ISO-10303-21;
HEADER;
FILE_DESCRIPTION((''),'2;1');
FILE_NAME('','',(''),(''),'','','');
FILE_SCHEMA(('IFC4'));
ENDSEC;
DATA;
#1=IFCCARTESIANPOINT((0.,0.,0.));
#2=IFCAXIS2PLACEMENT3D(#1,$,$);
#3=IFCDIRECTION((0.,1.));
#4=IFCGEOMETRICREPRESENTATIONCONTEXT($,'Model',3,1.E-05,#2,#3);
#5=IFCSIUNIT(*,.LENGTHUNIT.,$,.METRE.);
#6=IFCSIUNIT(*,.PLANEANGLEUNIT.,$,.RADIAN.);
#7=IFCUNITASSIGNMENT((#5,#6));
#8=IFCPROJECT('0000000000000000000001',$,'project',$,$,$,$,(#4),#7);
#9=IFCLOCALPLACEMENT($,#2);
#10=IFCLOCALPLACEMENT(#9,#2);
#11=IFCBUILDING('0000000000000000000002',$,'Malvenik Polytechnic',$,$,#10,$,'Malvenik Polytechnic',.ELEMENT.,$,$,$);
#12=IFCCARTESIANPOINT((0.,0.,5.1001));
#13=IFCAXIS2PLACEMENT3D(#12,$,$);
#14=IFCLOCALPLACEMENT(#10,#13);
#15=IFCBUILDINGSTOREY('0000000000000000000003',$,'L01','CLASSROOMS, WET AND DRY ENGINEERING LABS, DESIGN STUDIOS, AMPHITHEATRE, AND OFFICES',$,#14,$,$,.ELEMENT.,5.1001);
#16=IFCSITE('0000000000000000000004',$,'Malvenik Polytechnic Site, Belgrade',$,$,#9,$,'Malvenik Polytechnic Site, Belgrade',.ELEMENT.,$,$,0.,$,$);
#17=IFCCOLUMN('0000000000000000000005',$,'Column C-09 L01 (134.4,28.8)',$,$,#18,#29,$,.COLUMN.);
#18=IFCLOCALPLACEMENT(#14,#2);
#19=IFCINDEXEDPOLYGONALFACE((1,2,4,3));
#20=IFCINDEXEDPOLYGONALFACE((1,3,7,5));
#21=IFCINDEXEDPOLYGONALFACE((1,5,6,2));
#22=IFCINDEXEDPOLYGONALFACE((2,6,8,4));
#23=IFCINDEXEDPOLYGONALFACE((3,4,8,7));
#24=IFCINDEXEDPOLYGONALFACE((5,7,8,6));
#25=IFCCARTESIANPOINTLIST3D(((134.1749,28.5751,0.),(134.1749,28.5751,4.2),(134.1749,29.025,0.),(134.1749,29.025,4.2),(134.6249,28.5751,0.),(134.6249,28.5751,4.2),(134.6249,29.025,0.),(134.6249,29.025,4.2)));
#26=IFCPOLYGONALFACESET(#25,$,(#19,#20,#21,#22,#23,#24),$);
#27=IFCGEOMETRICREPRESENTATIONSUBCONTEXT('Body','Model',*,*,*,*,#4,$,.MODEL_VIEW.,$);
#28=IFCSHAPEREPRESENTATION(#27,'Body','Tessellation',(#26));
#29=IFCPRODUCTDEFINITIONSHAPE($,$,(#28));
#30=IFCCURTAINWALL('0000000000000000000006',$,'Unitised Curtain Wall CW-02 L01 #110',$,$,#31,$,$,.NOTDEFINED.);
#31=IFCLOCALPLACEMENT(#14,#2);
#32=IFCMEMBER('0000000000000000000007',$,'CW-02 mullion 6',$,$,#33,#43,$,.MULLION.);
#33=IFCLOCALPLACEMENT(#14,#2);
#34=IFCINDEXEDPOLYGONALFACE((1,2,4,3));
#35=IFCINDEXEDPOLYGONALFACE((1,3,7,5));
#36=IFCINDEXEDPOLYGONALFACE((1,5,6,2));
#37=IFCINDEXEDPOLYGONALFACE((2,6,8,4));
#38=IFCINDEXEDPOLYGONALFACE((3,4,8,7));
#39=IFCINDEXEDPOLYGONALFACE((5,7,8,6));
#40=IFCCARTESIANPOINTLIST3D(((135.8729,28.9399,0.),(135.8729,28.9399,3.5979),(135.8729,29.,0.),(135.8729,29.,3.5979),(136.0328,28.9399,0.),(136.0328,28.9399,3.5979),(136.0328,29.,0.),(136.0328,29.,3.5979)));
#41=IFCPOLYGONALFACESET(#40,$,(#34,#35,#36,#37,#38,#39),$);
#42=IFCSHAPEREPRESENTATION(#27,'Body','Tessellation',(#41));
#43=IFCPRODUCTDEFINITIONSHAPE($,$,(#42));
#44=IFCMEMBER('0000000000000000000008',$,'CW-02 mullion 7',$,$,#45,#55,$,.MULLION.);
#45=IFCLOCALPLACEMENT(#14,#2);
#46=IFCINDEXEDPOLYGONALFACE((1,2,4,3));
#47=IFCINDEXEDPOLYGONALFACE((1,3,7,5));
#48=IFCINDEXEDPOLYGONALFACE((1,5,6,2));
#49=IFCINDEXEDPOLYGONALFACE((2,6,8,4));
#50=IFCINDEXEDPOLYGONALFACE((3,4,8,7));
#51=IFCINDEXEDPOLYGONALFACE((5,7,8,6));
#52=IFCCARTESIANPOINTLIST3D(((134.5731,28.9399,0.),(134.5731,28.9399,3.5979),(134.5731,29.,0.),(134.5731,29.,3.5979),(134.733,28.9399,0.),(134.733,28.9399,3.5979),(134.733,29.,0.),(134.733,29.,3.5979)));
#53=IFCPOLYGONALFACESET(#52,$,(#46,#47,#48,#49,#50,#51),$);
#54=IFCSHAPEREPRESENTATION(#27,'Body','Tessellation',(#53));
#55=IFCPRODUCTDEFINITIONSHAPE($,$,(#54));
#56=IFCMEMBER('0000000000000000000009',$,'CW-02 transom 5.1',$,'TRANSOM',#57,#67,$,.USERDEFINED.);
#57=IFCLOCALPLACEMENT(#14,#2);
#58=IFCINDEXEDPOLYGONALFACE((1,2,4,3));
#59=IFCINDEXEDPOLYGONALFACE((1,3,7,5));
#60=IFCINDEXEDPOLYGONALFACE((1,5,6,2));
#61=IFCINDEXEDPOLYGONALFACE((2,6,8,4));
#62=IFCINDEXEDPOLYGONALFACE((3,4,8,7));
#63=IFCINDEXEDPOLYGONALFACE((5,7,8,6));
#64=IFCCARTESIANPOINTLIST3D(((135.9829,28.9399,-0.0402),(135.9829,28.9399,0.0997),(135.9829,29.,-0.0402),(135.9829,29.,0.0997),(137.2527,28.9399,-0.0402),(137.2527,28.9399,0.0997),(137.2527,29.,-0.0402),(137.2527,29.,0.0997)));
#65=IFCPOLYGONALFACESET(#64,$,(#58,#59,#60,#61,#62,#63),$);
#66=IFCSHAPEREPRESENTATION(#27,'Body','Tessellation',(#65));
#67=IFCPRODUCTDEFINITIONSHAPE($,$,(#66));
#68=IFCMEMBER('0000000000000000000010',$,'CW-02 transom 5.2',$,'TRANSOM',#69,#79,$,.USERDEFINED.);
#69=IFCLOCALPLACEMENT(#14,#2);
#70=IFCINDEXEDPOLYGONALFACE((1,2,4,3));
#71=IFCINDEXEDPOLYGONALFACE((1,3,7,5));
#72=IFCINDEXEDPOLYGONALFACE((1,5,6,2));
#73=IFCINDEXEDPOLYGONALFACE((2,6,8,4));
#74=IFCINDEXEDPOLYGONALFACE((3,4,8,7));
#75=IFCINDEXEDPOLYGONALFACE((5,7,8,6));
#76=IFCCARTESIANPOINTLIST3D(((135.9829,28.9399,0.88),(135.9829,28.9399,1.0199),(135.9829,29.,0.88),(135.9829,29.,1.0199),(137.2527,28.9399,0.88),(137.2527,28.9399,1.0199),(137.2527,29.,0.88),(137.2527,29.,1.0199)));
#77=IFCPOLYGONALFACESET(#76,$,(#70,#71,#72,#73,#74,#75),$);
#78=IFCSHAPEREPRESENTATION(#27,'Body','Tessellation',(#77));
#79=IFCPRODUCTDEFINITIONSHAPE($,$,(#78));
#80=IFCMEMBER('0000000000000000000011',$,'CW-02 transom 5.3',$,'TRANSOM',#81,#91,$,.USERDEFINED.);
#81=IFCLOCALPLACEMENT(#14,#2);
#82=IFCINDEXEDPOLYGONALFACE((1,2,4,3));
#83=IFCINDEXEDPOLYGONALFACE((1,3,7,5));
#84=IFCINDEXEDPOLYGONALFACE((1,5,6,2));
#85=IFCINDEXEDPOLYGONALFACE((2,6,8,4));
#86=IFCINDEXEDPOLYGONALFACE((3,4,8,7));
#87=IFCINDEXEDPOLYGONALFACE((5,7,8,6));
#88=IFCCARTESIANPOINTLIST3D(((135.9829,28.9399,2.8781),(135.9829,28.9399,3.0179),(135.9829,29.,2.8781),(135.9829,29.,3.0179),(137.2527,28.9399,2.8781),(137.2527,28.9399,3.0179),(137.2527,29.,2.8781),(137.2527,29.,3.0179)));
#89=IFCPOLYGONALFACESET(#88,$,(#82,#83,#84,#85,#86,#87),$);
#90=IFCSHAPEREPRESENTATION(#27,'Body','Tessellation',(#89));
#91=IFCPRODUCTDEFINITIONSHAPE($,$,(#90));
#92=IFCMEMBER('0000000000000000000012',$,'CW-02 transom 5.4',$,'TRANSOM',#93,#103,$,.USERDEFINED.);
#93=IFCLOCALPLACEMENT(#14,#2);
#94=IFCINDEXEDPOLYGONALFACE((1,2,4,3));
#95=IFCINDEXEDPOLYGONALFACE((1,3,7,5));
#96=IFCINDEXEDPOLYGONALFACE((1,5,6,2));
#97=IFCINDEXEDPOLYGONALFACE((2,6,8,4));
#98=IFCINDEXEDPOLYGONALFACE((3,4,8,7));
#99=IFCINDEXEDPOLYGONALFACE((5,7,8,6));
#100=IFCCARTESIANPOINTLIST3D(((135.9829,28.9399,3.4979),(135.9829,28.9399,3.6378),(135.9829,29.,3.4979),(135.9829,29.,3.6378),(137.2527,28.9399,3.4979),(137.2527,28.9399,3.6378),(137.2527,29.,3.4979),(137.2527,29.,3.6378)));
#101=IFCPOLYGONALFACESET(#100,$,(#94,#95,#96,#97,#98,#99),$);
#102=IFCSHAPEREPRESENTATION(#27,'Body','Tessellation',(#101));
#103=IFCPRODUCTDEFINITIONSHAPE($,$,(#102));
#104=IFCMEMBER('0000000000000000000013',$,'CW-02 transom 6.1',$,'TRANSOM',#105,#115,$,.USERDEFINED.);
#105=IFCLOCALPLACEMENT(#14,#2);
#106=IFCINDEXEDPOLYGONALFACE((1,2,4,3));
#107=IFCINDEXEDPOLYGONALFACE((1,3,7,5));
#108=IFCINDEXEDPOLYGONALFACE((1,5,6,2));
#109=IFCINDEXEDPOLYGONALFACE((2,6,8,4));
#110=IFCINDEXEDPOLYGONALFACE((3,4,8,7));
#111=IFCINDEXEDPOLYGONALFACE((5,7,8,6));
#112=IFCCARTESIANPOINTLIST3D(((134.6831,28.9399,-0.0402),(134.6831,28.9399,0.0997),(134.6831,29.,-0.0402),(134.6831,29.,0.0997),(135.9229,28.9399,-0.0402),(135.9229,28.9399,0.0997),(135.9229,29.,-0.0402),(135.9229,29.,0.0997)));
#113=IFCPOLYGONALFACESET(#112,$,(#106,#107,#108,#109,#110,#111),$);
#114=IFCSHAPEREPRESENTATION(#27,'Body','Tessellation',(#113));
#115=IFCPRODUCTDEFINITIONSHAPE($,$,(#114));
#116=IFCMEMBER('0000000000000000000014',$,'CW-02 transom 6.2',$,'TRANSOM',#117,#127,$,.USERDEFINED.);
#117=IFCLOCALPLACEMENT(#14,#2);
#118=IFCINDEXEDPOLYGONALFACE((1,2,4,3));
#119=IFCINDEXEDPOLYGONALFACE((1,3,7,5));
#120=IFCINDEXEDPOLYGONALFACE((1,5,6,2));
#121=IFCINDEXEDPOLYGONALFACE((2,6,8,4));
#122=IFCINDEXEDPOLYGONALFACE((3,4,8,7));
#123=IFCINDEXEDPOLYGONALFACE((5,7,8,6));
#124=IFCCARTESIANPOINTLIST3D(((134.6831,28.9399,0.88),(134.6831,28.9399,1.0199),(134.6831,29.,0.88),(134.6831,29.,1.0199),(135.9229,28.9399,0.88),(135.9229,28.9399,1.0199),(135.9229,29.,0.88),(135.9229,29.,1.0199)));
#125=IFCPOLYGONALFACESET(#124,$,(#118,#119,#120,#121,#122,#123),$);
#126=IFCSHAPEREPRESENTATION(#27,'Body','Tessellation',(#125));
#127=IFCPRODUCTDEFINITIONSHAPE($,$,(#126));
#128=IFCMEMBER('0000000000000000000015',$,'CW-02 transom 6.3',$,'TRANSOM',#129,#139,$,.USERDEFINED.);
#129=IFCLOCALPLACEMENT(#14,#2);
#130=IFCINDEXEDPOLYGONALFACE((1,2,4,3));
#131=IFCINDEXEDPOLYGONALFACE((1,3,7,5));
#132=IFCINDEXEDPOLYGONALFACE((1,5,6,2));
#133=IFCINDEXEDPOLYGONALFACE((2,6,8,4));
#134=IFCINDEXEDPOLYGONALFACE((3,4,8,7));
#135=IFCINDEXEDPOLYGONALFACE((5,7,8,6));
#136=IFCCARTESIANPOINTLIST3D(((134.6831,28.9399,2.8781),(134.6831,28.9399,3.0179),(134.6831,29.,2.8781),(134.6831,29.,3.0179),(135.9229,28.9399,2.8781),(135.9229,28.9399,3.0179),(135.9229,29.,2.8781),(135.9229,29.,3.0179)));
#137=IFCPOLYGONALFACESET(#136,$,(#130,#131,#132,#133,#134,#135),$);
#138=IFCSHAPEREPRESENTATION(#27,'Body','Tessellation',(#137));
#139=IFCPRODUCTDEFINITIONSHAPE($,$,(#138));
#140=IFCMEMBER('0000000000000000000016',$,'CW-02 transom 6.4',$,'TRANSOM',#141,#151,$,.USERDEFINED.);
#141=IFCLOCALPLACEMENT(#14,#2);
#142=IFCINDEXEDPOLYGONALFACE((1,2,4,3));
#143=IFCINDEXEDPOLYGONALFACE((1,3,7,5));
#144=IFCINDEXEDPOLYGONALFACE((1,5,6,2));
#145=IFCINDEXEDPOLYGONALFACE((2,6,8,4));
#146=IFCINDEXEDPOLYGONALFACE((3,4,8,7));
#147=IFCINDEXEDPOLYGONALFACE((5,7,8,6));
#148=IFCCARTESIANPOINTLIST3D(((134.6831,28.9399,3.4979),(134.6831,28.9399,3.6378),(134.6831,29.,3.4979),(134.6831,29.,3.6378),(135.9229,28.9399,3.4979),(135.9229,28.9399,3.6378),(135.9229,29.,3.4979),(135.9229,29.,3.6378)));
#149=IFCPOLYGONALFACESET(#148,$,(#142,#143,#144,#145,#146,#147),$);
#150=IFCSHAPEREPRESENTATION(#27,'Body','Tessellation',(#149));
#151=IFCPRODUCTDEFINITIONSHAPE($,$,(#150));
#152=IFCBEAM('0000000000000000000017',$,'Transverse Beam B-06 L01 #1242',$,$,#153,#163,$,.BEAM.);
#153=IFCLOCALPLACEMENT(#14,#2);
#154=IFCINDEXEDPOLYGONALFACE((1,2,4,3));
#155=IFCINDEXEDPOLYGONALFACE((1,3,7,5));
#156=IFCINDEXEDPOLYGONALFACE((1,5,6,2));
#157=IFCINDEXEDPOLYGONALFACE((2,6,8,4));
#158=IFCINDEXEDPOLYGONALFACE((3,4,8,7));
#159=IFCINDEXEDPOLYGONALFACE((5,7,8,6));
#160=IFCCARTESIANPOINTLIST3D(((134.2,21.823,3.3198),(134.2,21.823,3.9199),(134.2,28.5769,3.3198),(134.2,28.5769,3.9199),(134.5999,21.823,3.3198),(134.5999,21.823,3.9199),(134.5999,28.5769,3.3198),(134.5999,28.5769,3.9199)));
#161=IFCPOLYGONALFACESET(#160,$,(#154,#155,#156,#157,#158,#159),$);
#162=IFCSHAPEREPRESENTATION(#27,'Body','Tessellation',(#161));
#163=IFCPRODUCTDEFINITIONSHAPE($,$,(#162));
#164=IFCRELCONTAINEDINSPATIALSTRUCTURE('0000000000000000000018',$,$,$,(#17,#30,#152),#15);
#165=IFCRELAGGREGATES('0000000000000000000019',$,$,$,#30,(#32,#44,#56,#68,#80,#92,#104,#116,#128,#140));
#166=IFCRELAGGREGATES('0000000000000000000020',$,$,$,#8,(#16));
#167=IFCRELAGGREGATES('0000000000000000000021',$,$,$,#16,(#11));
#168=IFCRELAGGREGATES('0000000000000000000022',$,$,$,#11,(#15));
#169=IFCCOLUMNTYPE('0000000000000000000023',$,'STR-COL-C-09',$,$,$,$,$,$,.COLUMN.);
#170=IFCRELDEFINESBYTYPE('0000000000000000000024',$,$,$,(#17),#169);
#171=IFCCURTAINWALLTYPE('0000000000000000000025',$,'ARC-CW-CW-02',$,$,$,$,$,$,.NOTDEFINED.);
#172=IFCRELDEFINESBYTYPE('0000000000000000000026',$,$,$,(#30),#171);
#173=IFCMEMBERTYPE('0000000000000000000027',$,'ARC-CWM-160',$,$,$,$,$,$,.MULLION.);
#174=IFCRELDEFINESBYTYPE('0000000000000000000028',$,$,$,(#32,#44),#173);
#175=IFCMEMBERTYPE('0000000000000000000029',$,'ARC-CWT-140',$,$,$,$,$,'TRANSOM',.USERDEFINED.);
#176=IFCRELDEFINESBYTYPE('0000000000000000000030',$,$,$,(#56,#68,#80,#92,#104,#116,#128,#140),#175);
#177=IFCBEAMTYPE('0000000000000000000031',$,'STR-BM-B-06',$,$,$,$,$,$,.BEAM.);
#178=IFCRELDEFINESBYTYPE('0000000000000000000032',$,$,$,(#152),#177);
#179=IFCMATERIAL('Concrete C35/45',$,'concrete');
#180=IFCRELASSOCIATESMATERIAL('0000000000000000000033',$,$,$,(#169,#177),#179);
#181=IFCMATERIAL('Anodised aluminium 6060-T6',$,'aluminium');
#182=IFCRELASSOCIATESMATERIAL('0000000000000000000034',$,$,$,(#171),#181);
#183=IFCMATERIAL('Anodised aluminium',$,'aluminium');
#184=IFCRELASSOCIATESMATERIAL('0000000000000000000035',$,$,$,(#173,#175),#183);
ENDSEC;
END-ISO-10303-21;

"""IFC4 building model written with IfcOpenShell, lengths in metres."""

from ifc_helpers import new_model, si_unit, direction, frame, origin, origin_2d, place, context, subcontext, project, spatial, rectangle, extrude, material, material_profile, profile_set, type_object, element, aggregate, save


model = new_model("IFC4")

# Units and contexts
model_context = context("Model", 3, precision=1e-05, world=origin(), true_north=direction((0.0, 1.0)))
body_context = subcontext(model_context, "Body", "Model", "MODEL_VIEW")
ifc_project = project(units=[si_unit("LENGTHUNIT", "METRE"), si_unit("PLANEANGLEUNIT", "RADIAN")], contexts=[model_context])

# Site, building, storey
site_placement = place(None, origin())
site = spatial("IfcSite", under=ifc_project, at=site_placement, Name="Malvenik Polytechnic Site, Belgrade", LongName="Malvenik Polytechnic Site, Belgrade", CompositionType="ELEMENT", RefElevation=0.0)
building_placement = place(site_placement, origin())
building = spatial("IfcBuilding", under=site, at=building_placement, Name="Malvenik Polytechnic", LongName="Malvenik Polytechnic", CompositionType="ELEMENT")
storey_placement = place(building_placement, frame((0.0, 0.0, 5.1001)))
storey = spatial("IfcBuildingStorey", under=building, at=storey_placement, Name="L01", Description="CLASSROOMS, WET AND DRY ENGINEERING LABS, DESIGN STUDIOS, AMPHITHEATRE, AND OFFICES", CompositionType="ELEMENT", Elevation=5.1001)

# Column
ifc_material_1 = material(Name="Concrete C35/45", Category="concrete")
ifc_material_profile_1 = material_profile(ifc_material_1, rectangle(XDim=0.45, YDim=0.45, at=origin_2d()), Name="RC COL 450x450")
ifc_profile_set_1 = profile_set([ifc_material_profile_1], Name="Concrete C35/45")
column_type = type_object("IfcColumnType", Name="STR-COL-C-09", PredefinedType="COLUMN", material=ifc_profile_set_1)
column_placement = place(storey_placement, frame((134.3999, 28.8, 0.0), z_axis=(0.0, 0.0, 1.0), x_axis=(1.0, 0.0, 0.0)))
element("IfcColumn", 1, at=column_placement, inside=storey, type_object=column_type, Name="Column C-09 L01 (134.4,28.8)", PredefinedType="COLUMN", context=body_context, shape_type="SweptSolid", body=[
    extrude(rectangle(XDim=0.45, YDim=0.45, at=origin_2d()), origin(), (0.0, 0.0, 1.0), 4.2),
])

# Curtain wall, members
ifc_material_2 = material(Name="Anodised aluminium 6060-T6", Category="aluminium")
curtain_wall_type = type_object("IfcCurtainWallType", Name="ARC-CW-CW-02", PredefinedType="NOTDEFINED", material=ifc_material_2)
curtain_wall_placement = place(storey_placement, origin())
curtain_wall = element("IfcCurtainWall", 2, at=curtain_wall_placement, inside=storey, type_object=curtain_wall_type, Name="Unitised Curtain Wall CW-02 L01 #110", PredefinedType="NOTDEFINED")
ifc_material_3 = material(Name="Anodised aluminium", Category="aluminium")
ifc_material_profile_2 = material_profile(ifc_material_3, rectangle(XDim=0.0601, YDim=0.1599, at=origin_2d()), Name="ALU MULLION 60x160")
ifc_profile_set_2 = profile_set([ifc_material_profile_2], Name="Anodised aluminium")
member_type_1 = type_object("IfcMemberType", Name="ARC-CWM-160", PredefinedType="MULLION", material=ifc_profile_set_2)
member_1_placement = place(storey_placement, frame((135.9529, 28.97, 0.0), z_axis=(0.0, 0.0, 1.0), x_axis=(0.0, -1.0, 0.0)))
member_1 = element("IfcMember", 3, at=member_1_placement, type_object=member_type_1, Name="CW-02 mullion 6", PredefinedType="MULLION", context=body_context, shape_type="SweptSolid", body=[
    extrude(rectangle(XDim=0.0601, YDim=0.1599, at=origin_2d()), origin(), (0.0, 0.0, 1.0), 3.5979),
])
member_2_placement = place(storey_placement, frame((134.6531, 28.97, 0.0), z_axis=(0.0, 0.0, 1.0), x_axis=(0.0, -1.0, 0.0)))
member_2 = element("IfcMember", 4, at=member_2_placement, type_object=member_type_1, Name="CW-02 mullion 7", PredefinedType="MULLION", context=body_context, shape_type="SweptSolid", body=[
    extrude(rectangle(XDim=0.0601, YDim=0.1599, at=origin_2d()), origin(), (0.0, 0.0, 1.0), 3.5979),
])
ifc_material_profile_3 = material_profile(ifc_material_3, rectangle(XDim=0.0601, YDim=0.1399, at=origin_2d()), Name="ALU TRANSOM 60x140")
ifc_profile_set_3 = profile_set([ifc_material_profile_3], Name="Anodised aluminium")
member_type_2 = type_object("IfcMemberType", Name="ARC-CWT-140", ElementType="TRANSOM", PredefinedType="USERDEFINED", material=ifc_profile_set_3)
member_3_placement = place(storey_placement, frame((137.2527, 28.97, 0.0298), z_axis=(-1.0, 0.0, 0.0), x_axis=(0.0, -1.0, 0.0)))
member_3 = element("IfcMember", 5, at=member_3_placement, type_object=member_type_2, Name="CW-02 transom 5.1", ObjectType="TRANSOM", PredefinedType="USERDEFINED", context=body_context, shape_type="SweptSolid", body=[
    extrude(rectangle(XDim=0.0601, YDim=0.1399, at=origin_2d()), origin(), (0.0, 0.0, 1.0), 1.2698),
])
member_4_placement = place(storey_placement, frame((137.2527, 28.97, 0.95), z_axis=(-1.0, 0.0, 0.0), x_axis=(0.0, -1.0, 0.0)))
member_4 = element("IfcMember", 6, at=member_4_placement, type_object=member_type_2, Name="CW-02 transom 5.2", ObjectType="TRANSOM", PredefinedType="USERDEFINED", context=body_context, shape_type="SweptSolid", body=[
    extrude(rectangle(XDim=0.0601, YDim=0.1399, at=origin_2d()), origin(), (0.0, 0.0, 1.0), 1.2698),
])
member_5_placement = place(storey_placement, frame((137.2527, 28.97, 2.948), z_axis=(-1.0, 0.0, 0.0), x_axis=(0.0, -1.0, 0.0)))
member_5 = element("IfcMember", 7, at=member_5_placement, type_object=member_type_2, Name="CW-02 transom 5.3", ObjectType="TRANSOM", PredefinedType="USERDEFINED", context=body_context, shape_type="SweptSolid", body=[
    extrude(rectangle(XDim=0.0601, YDim=0.1399, at=origin_2d()), origin(), (0.0, 0.0, 1.0), 1.2698),
])
member_6_placement = place(storey_placement, frame((137.2527, 28.97, 3.5679), z_axis=(-1.0, 0.0, 0.0), x_axis=(0.0, -1.0, 0.0)))
member_6 = element("IfcMember", 8, at=member_6_placement, type_object=member_type_2, Name="CW-02 transom 5.4", ObjectType="TRANSOM", PredefinedType="USERDEFINED", context=body_context, shape_type="SweptSolid", body=[
    extrude(rectangle(XDim=0.0601, YDim=0.1399, at=origin_2d()), origin(), (0.0, 0.0, 1.0), 1.2698),
])
member_7_placement = place(storey_placement, frame((135.9229, 28.97, 0.0298), z_axis=(-1.0, 0.0, 0.0), x_axis=(0.0, -1.0, 0.0)))
member_7 = element("IfcMember", 9, at=member_7_placement, type_object=member_type_2, Name="CW-02 transom 6.1", ObjectType="TRANSOM", PredefinedType="USERDEFINED", context=body_context, shape_type="SweptSolid", body=[
    extrude(rectangle(XDim=0.0601, YDim=0.1399, at=origin_2d()), origin(), (0.0, 0.0, 1.0), 1.2397),
])
member_8_placement = place(storey_placement, frame((135.9229, 28.97, 0.95), z_axis=(-1.0, 0.0, 0.0), x_axis=(0.0, -1.0, 0.0)))
member_8 = element("IfcMember", 10, at=member_8_placement, type_object=member_type_2, Name="CW-02 transom 6.2", ObjectType="TRANSOM", PredefinedType="USERDEFINED", context=body_context, shape_type="SweptSolid", body=[
    extrude(rectangle(XDim=0.0601, YDim=0.1399, at=origin_2d()), origin(), (0.0, 0.0, 1.0), 1.2397),
])
member_9_placement = place(storey_placement, frame((135.9229, 28.97, 2.948), z_axis=(-1.0, 0.0, 0.0), x_axis=(0.0, -1.0, 0.0)))
member_9 = element("IfcMember", 11, at=member_9_placement, type_object=member_type_2, Name="CW-02 transom 6.3", ObjectType="TRANSOM", PredefinedType="USERDEFINED", context=body_context, shape_type="SweptSolid", body=[
    extrude(rectangle(XDim=0.0601, YDim=0.1399, at=origin_2d()), origin(), (0.0, 0.0, 1.0), 1.2397),
])
member_10_placement = place(storey_placement, frame((135.9229, 28.97, 3.5679), z_axis=(-1.0, 0.0, 0.0), x_axis=(0.0, -1.0, 0.0)))
member_10 = element("IfcMember", 12, at=member_10_placement, type_object=member_type_2, Name="CW-02 transom 6.4", ObjectType="TRANSOM", PredefinedType="USERDEFINED", context=body_context, shape_type="SweptSolid", body=[
    extrude(rectangle(XDim=0.0601, YDim=0.1399, at=origin_2d()), origin(), (0.0, 0.0, 1.0), 1.2397),
])

# Beam
ifc_material_profile_4 = material_profile(ifc_material_1, rectangle(XDim=0.3999, YDim=0.6001, at=origin_2d()), Name="RC BM 400x600")
ifc_profile_set_4 = profile_set([ifc_material_profile_4], Name="Concrete C35/45")
beam_type_1 = type_object("IfcBeamType", Name="STR-BM-B-06", PredefinedType="BEAM", material=ifc_profile_set_4)
beam_1_placement = place(storey_placement, frame((134.3999, 21.823, 3.6199), z_axis=(0.0, 1.0, 0.0), x_axis=(-1.0, 0.0, 0.0)))
element("IfcBeam", 13, at=beam_1_placement, inside=storey, type_object=beam_type_1, Name="Transverse Beam B-06 L01 #1242", PredefinedType="BEAM", context=body_context, shape_type="SweptSolid", body=[
    extrude(rectangle(XDim=0.3999, YDim=0.6001, at=origin_2d()), origin(), (0.0, 0.0, 1.0), 6.7539),
])

aggregate(curtain_wall, [member_1, member_2, member_3, member_4, member_5, member_6, member_7, member_8, member_9, member_10])

save(model, "model.ifc")
